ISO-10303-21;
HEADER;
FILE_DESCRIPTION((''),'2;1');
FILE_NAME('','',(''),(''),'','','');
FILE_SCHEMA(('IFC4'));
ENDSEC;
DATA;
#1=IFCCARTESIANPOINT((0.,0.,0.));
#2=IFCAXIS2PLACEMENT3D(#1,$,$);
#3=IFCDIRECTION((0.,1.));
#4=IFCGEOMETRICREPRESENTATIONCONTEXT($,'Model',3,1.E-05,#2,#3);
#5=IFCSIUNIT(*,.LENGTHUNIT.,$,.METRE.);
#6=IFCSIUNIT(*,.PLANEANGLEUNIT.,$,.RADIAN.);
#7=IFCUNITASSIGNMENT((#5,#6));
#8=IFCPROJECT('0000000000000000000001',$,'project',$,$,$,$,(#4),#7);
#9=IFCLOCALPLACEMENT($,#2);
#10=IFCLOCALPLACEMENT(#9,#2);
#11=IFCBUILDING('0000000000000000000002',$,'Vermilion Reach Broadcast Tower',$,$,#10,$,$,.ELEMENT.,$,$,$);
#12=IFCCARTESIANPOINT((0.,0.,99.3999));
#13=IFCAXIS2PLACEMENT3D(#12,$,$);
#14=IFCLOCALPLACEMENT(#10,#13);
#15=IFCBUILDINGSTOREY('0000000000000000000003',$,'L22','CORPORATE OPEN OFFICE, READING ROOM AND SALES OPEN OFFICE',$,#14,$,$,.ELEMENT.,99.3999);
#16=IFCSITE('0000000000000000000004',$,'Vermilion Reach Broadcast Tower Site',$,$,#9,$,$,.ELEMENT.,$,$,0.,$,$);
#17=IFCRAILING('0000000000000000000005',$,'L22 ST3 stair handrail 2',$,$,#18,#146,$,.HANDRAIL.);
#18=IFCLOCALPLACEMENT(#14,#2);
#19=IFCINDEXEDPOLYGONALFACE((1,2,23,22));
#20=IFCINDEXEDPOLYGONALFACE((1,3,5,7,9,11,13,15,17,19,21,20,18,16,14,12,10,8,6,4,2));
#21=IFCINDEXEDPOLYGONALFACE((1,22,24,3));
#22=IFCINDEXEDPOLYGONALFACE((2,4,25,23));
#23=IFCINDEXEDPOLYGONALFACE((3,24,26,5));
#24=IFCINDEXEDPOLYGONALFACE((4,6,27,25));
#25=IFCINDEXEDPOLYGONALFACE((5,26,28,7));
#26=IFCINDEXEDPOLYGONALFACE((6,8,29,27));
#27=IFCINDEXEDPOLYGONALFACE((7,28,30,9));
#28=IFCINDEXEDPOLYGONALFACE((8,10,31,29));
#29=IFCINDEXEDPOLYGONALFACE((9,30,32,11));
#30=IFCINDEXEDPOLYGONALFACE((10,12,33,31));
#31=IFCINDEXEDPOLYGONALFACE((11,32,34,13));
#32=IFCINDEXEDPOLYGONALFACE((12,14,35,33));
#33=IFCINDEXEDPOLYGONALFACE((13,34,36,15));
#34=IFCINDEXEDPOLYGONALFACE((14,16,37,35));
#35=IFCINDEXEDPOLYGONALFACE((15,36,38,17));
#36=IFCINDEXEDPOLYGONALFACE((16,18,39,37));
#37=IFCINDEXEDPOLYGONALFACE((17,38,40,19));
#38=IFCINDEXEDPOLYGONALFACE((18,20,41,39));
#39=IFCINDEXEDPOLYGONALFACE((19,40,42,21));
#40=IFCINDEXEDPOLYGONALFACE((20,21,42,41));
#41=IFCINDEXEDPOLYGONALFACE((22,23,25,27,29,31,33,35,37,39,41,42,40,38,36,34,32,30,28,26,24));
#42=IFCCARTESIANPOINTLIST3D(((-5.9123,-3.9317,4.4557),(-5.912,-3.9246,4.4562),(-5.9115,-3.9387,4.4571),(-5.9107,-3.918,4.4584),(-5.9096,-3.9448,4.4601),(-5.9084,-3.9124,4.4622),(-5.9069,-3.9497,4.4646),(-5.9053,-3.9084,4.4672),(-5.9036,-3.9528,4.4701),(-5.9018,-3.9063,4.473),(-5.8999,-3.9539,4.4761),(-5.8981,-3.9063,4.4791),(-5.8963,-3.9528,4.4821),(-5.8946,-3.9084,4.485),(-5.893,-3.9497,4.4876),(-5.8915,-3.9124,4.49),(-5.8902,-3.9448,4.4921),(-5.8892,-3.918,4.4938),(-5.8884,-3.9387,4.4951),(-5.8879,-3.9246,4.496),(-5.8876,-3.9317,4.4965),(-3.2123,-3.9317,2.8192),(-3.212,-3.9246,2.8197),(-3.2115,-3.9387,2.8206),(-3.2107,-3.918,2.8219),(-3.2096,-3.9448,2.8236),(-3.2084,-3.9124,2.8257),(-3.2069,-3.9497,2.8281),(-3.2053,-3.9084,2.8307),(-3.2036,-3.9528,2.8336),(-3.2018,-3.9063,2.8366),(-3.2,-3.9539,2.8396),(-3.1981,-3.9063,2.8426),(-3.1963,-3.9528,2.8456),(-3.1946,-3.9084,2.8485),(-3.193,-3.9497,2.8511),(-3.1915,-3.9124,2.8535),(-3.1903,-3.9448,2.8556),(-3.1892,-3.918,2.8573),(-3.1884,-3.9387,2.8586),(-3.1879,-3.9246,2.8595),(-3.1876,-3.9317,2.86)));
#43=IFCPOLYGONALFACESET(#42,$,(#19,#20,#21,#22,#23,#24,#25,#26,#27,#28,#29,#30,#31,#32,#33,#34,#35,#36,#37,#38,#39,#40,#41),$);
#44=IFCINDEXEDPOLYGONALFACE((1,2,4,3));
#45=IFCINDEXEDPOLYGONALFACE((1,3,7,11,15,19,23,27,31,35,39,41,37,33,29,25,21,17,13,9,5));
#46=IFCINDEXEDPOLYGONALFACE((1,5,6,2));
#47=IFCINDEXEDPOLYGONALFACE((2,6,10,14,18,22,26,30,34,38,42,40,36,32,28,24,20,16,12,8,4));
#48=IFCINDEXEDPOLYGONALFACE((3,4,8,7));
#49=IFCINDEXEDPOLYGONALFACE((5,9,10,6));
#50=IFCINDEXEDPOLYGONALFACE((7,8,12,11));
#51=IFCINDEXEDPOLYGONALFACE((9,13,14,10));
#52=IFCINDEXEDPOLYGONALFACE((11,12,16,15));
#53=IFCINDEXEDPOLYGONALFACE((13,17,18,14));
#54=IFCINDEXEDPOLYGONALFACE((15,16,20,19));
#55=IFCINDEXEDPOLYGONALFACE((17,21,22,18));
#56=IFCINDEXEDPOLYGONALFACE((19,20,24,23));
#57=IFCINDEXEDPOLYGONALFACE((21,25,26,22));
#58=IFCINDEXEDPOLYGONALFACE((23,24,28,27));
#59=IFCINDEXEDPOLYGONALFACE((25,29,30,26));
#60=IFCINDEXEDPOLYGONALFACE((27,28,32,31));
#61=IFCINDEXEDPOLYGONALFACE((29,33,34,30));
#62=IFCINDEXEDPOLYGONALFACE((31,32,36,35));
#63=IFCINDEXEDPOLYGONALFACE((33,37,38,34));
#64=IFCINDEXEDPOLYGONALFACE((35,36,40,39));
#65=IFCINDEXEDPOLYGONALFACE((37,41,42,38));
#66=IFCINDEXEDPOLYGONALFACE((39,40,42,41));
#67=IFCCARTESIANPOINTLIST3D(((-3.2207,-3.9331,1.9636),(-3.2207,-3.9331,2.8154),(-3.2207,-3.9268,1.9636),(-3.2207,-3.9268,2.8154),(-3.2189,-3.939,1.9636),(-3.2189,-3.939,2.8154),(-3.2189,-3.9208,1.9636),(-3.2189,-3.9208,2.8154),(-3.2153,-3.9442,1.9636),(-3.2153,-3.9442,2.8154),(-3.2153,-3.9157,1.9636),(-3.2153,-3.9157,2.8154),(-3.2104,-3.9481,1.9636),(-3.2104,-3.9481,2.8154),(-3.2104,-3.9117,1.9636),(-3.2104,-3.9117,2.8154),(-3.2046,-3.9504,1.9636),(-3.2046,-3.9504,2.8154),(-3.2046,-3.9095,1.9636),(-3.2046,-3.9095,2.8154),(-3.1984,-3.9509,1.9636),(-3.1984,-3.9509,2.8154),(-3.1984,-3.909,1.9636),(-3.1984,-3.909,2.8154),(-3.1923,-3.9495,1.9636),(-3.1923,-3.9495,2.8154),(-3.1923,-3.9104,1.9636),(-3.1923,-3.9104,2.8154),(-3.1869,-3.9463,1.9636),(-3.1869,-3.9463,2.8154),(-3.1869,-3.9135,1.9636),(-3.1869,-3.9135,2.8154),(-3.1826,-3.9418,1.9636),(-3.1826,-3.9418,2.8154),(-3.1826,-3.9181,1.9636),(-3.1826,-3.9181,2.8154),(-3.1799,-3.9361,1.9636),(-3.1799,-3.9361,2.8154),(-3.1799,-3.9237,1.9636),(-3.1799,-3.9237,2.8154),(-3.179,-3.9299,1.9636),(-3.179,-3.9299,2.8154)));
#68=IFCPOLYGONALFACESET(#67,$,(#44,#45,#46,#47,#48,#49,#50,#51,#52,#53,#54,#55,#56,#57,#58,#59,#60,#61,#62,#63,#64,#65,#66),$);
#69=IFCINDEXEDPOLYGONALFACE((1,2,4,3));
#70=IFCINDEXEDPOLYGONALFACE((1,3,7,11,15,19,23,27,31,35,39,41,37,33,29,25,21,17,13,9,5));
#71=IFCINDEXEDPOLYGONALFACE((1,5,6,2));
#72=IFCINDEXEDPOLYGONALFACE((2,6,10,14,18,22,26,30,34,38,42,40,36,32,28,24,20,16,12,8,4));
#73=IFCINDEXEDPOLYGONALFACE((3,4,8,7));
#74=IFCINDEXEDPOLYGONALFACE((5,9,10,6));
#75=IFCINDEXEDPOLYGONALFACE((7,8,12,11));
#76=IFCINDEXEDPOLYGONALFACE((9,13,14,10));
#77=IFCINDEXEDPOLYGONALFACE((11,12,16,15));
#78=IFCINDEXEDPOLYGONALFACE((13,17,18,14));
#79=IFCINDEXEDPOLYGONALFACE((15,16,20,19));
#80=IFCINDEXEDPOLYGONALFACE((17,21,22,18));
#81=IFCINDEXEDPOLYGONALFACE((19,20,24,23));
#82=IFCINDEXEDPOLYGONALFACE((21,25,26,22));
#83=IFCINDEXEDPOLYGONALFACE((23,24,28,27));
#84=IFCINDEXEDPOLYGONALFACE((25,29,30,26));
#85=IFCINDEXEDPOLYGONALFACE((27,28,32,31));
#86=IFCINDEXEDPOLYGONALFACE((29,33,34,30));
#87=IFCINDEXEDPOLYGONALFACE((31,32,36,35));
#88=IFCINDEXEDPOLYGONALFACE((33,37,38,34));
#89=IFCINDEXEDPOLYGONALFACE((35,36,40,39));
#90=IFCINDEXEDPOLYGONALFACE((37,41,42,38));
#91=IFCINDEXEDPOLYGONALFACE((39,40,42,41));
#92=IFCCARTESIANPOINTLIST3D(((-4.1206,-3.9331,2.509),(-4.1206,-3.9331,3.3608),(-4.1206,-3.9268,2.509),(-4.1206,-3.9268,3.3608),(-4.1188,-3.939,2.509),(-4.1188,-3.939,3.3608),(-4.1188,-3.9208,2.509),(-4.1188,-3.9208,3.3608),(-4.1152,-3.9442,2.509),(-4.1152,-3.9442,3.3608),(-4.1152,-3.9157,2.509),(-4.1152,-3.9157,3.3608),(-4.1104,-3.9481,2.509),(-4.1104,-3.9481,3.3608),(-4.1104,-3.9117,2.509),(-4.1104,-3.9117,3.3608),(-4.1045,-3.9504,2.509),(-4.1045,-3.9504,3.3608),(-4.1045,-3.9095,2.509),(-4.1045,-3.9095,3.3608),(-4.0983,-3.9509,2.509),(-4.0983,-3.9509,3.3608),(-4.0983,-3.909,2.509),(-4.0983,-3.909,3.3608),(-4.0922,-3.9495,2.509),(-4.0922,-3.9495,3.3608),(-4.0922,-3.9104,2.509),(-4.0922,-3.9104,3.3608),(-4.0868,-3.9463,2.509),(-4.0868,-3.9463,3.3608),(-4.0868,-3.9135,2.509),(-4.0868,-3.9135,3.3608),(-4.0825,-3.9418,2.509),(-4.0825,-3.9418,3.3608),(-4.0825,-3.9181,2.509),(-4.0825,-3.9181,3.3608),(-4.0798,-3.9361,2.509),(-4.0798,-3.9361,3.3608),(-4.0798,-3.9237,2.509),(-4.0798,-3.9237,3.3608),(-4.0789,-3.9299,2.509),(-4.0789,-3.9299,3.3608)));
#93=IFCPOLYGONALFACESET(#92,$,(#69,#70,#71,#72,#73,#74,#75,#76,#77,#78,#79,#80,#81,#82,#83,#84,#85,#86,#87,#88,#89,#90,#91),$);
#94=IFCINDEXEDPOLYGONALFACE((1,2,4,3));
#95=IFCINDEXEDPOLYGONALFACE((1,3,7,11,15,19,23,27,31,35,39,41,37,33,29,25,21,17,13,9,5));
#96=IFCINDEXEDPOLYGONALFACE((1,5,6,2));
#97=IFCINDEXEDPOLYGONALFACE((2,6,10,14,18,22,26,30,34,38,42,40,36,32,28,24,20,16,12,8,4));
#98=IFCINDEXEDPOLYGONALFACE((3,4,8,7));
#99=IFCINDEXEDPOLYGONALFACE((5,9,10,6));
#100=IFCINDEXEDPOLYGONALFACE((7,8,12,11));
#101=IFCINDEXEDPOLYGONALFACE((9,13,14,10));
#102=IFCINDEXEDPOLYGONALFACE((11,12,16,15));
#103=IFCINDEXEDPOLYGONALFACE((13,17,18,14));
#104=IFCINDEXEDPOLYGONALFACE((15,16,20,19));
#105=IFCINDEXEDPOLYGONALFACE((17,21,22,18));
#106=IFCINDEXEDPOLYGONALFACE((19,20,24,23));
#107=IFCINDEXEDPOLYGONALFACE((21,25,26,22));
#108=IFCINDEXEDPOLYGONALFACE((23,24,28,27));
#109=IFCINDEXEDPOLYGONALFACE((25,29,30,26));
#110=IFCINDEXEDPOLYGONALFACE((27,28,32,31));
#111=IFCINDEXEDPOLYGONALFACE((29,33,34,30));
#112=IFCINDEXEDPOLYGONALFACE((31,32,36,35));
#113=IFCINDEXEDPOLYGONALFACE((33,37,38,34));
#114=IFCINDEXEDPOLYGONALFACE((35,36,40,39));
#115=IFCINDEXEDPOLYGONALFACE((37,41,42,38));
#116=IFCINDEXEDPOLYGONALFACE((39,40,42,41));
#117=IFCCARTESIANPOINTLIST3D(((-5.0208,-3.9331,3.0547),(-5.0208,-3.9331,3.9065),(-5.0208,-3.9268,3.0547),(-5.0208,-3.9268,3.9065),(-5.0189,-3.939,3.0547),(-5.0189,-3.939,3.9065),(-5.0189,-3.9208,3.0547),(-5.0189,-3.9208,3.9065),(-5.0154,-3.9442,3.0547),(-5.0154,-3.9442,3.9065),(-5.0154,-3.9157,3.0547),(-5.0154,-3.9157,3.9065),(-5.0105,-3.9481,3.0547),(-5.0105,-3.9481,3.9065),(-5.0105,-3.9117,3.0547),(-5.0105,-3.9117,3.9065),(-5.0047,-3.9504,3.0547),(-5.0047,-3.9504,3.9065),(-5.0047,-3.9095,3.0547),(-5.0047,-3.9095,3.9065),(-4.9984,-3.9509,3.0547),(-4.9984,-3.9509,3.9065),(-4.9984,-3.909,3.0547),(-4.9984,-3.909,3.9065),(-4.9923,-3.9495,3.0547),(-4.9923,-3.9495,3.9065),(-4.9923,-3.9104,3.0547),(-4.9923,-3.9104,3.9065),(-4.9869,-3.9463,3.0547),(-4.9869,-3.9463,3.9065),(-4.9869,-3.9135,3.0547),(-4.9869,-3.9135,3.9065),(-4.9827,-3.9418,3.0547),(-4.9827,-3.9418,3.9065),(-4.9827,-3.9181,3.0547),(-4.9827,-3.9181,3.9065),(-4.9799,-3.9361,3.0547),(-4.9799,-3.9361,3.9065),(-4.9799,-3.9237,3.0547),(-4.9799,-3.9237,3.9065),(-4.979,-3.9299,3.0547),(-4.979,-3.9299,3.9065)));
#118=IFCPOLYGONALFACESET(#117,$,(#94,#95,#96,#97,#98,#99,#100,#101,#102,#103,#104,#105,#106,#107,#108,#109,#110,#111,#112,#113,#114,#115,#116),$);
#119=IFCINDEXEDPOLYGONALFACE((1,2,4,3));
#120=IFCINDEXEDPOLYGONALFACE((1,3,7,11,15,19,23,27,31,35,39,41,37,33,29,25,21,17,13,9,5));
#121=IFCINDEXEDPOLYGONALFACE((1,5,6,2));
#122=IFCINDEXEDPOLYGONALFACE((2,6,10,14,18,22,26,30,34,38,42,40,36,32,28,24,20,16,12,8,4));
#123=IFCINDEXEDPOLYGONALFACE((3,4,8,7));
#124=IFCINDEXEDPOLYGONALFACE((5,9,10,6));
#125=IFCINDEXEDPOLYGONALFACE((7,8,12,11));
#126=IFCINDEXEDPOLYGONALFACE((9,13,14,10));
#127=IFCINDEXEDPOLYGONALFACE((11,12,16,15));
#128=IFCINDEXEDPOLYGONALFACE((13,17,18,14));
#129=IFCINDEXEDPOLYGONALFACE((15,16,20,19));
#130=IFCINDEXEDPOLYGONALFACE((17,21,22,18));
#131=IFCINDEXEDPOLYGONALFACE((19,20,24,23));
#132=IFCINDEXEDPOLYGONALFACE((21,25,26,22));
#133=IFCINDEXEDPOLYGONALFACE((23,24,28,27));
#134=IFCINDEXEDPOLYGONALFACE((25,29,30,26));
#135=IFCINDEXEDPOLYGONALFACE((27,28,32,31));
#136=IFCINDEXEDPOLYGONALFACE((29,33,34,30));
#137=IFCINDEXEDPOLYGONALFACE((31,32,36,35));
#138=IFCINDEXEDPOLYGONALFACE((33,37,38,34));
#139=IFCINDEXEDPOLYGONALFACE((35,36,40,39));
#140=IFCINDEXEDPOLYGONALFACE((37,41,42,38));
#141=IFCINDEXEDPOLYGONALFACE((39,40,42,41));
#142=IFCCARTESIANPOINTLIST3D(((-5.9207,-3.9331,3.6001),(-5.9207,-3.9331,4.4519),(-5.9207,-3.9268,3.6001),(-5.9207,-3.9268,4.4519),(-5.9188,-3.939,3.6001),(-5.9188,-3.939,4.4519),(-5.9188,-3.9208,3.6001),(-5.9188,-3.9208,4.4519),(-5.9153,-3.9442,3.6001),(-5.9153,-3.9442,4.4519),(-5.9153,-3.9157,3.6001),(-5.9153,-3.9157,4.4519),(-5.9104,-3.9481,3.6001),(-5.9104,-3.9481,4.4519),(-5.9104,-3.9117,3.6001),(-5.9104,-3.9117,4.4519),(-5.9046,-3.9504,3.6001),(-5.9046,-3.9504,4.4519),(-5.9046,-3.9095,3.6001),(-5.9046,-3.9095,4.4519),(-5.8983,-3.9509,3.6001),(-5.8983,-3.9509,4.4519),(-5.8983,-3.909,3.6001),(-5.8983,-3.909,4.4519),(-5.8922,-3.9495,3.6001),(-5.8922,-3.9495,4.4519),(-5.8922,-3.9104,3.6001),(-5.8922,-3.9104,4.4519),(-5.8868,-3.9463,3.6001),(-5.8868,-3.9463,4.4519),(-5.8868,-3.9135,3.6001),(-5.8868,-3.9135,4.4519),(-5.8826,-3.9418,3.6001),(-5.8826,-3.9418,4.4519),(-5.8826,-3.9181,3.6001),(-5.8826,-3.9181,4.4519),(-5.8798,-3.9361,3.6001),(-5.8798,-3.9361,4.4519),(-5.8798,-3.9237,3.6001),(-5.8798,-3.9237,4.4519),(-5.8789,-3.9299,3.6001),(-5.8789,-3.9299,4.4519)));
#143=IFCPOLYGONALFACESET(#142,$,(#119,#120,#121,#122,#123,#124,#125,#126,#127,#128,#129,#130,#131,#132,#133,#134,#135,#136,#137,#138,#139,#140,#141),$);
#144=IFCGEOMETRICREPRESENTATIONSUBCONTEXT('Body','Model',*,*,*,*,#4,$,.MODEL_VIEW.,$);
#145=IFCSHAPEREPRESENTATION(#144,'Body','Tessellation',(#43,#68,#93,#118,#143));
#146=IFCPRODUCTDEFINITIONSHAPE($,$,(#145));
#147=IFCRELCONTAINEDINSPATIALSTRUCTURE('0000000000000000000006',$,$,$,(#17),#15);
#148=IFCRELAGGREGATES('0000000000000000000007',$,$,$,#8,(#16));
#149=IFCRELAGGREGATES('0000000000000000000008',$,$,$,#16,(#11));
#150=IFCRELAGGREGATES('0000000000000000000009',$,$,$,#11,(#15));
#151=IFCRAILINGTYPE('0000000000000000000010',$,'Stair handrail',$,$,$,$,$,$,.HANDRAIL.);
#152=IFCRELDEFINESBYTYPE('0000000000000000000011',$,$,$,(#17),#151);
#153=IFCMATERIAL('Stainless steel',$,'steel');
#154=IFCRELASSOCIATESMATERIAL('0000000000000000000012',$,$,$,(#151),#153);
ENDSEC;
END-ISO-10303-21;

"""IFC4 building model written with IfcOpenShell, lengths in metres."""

from ifc_helpers import new_model, si_unit, direction, frame, origin, origin_2d, place, context, subcontext, project, spatial, circle, extrude, material, type_object, element, save


model = new_model("IFC4")

# Units and contexts
model_context = context("Model", 3, precision=1e-05, world=origin(), true_north=direction((0.0, 1.0)))
body_context = subcontext(model_context, "Body", "Model", "MODEL_VIEW")
ifc_project = project(units=[si_unit("LENGTHUNIT", "METRE"), si_unit("PLANEANGLEUNIT", "RADIAN")], contexts=[model_context])

# Site, building, storey
site_placement = place(None, origin())
site = spatial("IfcSite", under=ifc_project, at=site_placement, Name="Vermilion Reach Broadcast Tower Site", CompositionType="ELEMENT", RefElevation=0.0)
building_placement = place(site_placement, origin())
building = spatial("IfcBuilding", under=site, at=building_placement, Name="Vermilion Reach Broadcast Tower", CompositionType="ELEMENT")
storey_placement = place(building_placement, frame((0.0, 0.0, 99.3999)))
storey = spatial("IfcBuildingStorey", under=building, at=storey_placement, Name="L22", Description="CORPORATE OPEN OFFICE, READING ROOM AND SALES OPEN OFFICE", CompositionType="ELEMENT", Elevation=99.3999)

# Railing
ifc_material_1 = material(Name="Stainless steel", Category="steel")
railing_type_1 = type_object("IfcRailingType", Name="Stair handrail", PredefinedType="HANDRAIL", material=ifc_material_1)
railing_1_placement = place(storey_placement, frame((-3.2, -3.9299, 1.9636)))
element("IfcRailing", 1, at=railing_1_placement, inside=storey, type_object=railing_type_1, Name="L22 ST3 stair handrail 2", PredefinedType="HANDRAIL", context=body_context, shape_type="SweptSolid", body=[
    extrude(circle(Radius=0.0239, at=origin_2d()), frame((0.0, 0.0, 0.876), z_axis=(-0.855178, 0.0, 0.518334), x_axis=(0.0, -1.0, 0.0)), (0.0, 0.0, 1.0), 3.1572),
    extrude(circle(Radius=0.021, at=origin_2d()), origin(), (0.0, 0.0, 1.0), 0.8518),
    extrude(circle(Radius=0.021, at=origin_2d()), frame((-0.8999, 0.0, 0.5454)), (0.0, 0.0, 1.0), 0.8518),
    extrude(circle(Radius=0.021, at=origin_2d()), frame((-1.8, 0.0, 1.0911)), (0.0, 0.0, 1.0), 0.8518),
    extrude(circle(Radius=0.021, at=origin_2d()), frame((-2.7, 0.0, 1.6365)), (0.0, 0.0, 1.0), 0.8518),
])

save(model, "model.ifc")
